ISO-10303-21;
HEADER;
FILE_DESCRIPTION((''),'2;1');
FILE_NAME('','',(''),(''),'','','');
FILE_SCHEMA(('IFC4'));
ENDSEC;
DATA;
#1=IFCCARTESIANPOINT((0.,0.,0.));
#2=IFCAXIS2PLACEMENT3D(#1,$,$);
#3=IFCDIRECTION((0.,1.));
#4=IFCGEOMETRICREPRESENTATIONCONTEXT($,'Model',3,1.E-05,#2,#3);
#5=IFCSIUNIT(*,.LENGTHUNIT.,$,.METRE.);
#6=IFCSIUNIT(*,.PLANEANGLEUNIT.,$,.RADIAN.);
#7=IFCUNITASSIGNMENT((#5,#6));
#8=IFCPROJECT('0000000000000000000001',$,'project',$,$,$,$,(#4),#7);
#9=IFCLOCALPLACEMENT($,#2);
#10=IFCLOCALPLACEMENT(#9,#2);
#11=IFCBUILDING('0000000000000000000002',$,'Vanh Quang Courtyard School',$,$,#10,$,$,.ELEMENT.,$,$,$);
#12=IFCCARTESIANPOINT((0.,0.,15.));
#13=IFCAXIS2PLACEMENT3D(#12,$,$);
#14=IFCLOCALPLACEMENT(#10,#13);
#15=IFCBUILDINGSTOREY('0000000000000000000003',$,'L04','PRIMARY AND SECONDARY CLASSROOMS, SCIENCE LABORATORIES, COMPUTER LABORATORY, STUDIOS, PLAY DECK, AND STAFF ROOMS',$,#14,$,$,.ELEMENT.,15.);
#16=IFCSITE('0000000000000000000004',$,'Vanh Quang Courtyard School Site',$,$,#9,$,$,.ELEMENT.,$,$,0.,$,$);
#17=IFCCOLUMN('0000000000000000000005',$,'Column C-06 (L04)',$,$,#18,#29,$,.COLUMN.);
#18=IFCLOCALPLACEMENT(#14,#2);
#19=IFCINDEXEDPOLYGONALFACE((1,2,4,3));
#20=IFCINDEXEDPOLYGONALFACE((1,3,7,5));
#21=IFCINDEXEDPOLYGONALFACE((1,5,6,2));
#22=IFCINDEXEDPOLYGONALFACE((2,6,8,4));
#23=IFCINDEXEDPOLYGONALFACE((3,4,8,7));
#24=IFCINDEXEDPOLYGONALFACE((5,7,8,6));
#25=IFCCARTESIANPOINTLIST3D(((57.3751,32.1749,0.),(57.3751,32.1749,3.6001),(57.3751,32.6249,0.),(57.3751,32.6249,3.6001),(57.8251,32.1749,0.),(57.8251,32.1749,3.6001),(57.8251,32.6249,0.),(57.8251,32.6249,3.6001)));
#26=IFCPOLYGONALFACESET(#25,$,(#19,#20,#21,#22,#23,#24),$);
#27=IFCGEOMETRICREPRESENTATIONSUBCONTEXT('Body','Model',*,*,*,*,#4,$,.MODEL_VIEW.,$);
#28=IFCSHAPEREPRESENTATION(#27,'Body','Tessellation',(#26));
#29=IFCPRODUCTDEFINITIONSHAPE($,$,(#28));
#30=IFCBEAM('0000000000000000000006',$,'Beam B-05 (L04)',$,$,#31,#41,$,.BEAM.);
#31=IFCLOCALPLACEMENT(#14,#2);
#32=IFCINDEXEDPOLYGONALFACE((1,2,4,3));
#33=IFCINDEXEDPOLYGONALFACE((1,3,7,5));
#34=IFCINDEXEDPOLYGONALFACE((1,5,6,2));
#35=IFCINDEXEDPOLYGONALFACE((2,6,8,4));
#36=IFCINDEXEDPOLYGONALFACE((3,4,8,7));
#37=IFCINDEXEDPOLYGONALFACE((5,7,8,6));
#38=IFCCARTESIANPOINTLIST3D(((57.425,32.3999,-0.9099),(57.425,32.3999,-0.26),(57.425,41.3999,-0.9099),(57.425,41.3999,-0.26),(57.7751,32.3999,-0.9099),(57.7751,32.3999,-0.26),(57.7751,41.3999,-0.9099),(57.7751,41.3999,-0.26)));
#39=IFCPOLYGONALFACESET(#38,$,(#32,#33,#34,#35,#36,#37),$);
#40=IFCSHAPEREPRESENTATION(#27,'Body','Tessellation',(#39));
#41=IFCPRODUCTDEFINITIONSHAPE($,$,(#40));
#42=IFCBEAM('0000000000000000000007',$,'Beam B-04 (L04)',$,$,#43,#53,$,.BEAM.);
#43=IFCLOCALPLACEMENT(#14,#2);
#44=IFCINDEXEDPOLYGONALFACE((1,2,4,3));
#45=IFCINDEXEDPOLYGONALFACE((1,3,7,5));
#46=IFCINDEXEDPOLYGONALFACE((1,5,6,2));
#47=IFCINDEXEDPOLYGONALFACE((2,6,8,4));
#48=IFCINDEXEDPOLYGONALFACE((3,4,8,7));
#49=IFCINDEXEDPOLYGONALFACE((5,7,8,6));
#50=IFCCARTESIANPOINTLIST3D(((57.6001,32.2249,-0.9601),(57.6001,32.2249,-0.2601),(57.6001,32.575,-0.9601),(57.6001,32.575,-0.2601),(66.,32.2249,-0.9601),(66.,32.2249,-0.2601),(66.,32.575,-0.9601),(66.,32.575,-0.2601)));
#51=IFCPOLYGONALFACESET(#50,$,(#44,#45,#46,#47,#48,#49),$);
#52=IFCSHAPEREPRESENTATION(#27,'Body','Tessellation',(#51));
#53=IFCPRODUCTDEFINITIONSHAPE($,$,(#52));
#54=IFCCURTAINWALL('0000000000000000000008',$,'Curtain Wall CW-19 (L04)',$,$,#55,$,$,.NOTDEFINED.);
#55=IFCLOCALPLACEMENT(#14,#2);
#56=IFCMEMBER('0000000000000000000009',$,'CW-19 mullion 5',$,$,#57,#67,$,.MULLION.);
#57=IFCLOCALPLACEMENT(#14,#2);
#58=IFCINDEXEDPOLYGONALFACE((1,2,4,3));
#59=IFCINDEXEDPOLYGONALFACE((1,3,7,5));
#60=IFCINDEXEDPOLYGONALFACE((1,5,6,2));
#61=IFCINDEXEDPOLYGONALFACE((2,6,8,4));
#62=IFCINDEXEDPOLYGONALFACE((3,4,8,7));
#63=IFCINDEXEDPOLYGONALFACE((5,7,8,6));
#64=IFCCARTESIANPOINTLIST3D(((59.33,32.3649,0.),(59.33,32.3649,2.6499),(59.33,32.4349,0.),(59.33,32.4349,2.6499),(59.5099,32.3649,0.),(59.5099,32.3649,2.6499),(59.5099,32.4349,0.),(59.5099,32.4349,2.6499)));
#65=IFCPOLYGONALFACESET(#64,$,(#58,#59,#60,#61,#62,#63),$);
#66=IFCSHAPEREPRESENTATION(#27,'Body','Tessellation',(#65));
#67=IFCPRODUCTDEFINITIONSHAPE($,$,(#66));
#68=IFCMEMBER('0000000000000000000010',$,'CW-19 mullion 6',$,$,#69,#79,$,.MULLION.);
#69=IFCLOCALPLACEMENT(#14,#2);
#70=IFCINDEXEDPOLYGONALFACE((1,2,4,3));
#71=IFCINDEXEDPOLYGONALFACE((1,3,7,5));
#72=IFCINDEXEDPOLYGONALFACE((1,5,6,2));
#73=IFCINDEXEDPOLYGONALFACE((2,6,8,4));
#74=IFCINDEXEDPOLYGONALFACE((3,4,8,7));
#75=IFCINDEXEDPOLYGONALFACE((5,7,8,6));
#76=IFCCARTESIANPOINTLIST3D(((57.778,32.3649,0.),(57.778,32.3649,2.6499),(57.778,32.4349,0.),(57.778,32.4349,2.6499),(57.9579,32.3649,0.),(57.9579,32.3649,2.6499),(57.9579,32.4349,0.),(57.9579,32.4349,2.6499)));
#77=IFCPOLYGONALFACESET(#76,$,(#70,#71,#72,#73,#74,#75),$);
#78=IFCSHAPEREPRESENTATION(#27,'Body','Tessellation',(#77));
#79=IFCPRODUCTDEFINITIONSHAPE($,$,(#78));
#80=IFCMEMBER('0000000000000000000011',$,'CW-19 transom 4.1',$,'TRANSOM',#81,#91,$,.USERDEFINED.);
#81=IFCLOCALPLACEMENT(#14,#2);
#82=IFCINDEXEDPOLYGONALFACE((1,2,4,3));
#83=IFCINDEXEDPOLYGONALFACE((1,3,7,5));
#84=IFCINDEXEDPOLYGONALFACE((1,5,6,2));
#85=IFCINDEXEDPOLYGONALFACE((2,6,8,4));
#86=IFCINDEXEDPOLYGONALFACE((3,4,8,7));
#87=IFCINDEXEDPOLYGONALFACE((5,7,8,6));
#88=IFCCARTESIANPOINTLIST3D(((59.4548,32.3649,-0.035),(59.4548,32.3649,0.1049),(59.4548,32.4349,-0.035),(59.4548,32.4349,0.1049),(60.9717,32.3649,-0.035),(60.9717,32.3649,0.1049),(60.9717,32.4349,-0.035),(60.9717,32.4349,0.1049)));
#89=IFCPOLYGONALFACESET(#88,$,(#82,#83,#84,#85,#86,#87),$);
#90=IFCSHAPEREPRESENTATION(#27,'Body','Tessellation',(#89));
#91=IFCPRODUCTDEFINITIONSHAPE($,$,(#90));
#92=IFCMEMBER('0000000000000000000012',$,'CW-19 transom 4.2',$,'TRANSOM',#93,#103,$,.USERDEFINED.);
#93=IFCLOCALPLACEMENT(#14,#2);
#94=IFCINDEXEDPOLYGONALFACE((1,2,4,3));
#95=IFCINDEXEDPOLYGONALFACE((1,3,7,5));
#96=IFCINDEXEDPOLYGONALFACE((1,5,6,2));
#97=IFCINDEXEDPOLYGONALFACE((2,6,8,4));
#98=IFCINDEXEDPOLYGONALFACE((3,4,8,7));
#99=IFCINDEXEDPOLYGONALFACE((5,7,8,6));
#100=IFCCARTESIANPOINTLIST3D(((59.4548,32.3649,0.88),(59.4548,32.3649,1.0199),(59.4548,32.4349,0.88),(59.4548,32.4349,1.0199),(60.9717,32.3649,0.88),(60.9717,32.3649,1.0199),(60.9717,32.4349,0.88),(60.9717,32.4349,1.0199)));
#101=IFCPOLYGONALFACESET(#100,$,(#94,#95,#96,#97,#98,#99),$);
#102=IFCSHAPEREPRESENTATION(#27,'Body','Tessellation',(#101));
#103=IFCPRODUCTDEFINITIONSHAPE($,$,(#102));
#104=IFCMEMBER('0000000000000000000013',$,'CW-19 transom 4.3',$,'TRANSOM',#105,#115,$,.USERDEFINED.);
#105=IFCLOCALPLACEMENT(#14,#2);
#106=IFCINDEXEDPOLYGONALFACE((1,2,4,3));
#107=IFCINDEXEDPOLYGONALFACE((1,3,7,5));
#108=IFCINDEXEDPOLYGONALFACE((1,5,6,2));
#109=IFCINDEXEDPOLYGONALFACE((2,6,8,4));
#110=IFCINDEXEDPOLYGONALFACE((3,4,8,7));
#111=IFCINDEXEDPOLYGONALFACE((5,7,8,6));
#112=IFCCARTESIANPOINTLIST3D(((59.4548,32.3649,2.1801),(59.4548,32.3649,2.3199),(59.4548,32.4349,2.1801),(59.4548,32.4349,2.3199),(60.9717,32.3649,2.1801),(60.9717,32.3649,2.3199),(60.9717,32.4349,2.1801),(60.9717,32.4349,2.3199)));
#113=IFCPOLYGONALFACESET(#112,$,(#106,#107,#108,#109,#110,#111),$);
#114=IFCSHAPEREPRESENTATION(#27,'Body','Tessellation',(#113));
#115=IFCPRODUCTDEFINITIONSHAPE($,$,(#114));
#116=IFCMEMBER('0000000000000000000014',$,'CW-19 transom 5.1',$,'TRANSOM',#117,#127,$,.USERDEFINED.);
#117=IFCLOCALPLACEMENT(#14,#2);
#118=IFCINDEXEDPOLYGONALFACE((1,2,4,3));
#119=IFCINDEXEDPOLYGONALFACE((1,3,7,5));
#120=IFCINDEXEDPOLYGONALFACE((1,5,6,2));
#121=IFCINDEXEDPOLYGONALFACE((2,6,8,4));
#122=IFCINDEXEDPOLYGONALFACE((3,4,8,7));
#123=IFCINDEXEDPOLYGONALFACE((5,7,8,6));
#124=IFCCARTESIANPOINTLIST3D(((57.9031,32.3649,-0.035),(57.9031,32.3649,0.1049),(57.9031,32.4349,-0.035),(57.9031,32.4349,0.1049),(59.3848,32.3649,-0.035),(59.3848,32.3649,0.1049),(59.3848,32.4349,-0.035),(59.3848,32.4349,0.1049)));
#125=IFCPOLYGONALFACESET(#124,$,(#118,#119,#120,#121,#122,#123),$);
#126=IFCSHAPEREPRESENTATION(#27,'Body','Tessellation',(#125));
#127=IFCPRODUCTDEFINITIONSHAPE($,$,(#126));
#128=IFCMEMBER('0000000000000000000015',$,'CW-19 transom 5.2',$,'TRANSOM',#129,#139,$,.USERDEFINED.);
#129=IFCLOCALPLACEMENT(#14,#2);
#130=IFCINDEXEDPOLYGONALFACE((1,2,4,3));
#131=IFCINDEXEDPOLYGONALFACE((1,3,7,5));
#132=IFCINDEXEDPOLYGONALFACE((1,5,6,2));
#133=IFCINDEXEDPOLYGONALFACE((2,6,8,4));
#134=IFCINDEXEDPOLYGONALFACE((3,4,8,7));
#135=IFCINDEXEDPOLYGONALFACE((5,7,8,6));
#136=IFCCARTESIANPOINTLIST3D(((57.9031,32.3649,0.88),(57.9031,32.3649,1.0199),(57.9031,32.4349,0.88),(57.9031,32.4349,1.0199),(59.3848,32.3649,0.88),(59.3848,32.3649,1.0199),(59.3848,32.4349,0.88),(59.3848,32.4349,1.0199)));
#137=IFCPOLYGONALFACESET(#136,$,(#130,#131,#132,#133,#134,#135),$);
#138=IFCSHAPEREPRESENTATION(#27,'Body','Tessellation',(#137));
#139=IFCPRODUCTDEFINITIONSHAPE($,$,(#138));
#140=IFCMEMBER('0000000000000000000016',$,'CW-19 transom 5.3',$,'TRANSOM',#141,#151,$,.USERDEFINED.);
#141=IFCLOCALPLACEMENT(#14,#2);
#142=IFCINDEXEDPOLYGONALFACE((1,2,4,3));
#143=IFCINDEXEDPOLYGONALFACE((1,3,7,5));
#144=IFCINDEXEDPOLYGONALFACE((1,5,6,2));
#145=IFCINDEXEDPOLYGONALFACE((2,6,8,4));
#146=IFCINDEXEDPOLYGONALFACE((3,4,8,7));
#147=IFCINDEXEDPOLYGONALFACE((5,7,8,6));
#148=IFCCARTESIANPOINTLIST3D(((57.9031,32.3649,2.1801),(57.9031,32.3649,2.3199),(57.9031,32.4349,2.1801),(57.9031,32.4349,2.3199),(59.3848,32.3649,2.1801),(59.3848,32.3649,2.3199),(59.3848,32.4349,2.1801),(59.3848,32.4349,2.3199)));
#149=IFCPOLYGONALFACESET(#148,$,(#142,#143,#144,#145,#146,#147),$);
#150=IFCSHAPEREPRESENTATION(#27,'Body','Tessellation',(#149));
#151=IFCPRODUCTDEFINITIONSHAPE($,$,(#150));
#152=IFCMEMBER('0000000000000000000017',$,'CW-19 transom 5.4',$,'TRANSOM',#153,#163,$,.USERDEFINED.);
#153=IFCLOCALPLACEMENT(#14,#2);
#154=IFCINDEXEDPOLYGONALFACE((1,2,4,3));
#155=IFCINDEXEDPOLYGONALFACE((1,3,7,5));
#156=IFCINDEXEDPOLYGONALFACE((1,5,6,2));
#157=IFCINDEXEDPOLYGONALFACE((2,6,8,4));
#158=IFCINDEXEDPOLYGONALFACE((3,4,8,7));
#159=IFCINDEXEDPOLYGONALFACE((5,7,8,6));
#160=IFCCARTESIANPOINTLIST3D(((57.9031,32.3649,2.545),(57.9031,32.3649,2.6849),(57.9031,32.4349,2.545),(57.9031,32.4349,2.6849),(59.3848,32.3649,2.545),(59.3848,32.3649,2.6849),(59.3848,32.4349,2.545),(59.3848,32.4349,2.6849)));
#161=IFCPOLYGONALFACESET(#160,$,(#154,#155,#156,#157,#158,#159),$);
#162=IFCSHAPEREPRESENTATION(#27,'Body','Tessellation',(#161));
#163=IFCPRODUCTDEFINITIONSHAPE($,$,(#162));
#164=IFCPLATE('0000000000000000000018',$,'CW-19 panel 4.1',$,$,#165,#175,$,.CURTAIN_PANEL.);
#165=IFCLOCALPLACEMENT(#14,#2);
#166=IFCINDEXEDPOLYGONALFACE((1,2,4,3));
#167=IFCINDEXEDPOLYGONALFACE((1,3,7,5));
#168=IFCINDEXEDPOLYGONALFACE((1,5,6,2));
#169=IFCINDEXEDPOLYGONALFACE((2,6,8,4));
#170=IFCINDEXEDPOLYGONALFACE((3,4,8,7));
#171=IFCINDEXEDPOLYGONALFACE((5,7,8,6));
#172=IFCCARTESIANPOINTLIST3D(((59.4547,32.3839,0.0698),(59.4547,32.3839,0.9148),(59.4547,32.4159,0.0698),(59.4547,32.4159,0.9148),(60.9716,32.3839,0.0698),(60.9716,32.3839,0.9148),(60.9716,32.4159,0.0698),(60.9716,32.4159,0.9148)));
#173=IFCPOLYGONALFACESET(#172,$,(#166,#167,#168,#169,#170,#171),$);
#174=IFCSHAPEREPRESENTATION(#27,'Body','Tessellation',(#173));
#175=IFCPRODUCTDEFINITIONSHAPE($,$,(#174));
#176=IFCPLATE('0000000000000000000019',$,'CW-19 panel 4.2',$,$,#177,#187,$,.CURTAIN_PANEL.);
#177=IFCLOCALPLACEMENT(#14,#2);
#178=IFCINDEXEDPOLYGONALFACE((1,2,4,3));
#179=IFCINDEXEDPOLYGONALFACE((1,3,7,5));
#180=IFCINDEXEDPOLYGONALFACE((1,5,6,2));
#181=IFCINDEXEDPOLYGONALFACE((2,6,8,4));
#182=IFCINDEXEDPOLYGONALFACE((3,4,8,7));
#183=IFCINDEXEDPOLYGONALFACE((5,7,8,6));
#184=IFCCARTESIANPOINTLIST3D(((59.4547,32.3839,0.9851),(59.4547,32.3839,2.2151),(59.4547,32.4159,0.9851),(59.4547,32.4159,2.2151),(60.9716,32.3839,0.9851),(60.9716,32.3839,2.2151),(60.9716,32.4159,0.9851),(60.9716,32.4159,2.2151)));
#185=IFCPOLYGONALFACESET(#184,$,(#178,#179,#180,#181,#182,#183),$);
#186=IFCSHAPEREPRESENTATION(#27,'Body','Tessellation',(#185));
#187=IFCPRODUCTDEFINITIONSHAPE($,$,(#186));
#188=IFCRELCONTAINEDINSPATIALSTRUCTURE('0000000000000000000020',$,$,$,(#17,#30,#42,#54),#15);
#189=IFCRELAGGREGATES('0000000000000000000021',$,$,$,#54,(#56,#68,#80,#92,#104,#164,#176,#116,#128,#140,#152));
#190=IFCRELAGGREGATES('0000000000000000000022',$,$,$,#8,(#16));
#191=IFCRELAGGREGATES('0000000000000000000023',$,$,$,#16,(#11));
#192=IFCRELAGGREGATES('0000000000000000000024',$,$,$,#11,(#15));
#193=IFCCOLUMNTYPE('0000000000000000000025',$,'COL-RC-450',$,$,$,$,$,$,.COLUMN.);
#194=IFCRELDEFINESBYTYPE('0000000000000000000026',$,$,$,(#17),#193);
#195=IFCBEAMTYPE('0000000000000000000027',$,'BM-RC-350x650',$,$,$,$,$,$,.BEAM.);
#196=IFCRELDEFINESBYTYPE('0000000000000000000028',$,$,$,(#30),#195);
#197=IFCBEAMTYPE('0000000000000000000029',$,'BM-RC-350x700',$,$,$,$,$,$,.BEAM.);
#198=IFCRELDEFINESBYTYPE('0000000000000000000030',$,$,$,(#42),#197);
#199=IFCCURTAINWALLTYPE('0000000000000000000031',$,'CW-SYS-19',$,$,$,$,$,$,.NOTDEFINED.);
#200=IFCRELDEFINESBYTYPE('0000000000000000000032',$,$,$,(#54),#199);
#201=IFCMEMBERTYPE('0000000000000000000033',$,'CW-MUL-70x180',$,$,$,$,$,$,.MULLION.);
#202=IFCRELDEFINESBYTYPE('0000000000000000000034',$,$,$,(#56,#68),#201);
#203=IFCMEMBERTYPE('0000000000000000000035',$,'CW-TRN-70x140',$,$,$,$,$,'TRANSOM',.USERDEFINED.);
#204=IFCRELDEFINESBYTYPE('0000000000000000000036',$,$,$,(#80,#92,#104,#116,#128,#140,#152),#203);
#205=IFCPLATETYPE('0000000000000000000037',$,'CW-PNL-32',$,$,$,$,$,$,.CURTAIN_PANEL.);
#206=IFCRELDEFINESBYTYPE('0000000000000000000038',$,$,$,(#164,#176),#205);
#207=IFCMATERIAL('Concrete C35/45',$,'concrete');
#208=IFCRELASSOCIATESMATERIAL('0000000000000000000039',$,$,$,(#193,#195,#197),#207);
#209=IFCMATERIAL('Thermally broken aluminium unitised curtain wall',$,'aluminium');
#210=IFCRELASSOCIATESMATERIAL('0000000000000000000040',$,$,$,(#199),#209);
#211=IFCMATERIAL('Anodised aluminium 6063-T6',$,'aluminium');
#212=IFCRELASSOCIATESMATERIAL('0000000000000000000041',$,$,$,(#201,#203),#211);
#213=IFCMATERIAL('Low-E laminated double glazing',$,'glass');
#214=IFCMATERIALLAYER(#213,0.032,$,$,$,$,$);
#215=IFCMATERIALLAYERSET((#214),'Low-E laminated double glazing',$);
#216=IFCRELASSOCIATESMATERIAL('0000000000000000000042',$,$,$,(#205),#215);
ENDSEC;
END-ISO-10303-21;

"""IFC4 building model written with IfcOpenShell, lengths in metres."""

from ifc_helpers import new_model, si_unit, direction, frame, origin, origin_2d, place, context, subcontext, project, spatial, rectangle, extrude, material, layer, layer_set, material_profile, profile_set, type_object, element, aggregate, save


model = new_model("IFC4")

# Units and contexts
model_context = context("Model", 3, precision=1e-05, world=origin(), true_north=direction((0.0, 1.0)))
body_context = subcontext(model_context, "Body", "Model", "MODEL_VIEW")
ifc_project = project(units=[si_unit("LENGTHUNIT", "METRE"), si_unit("PLANEANGLEUNIT", "RADIAN")], contexts=[model_context])

# Site, building, storey
site_placement = place(None, origin())
site = spatial("IfcSite", under=ifc_project, at=site_placement, Name="Vanh Quang Courtyard School Site", CompositionType="ELEMENT", RefElevation=0.0)
building_placement = place(site_placement, origin())
building = spatial("IfcBuilding", under=site, at=building_placement, Name="Vanh Quang Courtyard School", CompositionType="ELEMENT")
storey_placement = place(building_placement, frame((0.0, 0.0, 15.0)))
storey = spatial("IfcBuildingStorey", under=building, at=storey_placement, Name="L04", Description="PRIMARY AND SECONDARY CLASSROOMS, SCIENCE LABORATORIES, COMPUTER LABORATORY, STUDIOS, PLAY DECK, AND STAFF ROOMS", CompositionType="ELEMENT", Elevation=15.0)

# Column
ifc_material_1 = material(Name="Concrete C35/45", Category="concrete")
ifc_material_profile_1 = material_profile(ifc_material_1, rectangle(XDim=0.45, YDim=0.45, at=origin_2d()), Name="RC-COL 450x450")
ifc_profile_set_1 = profile_set([ifc_material_profile_1], Name="Concrete C35/45")
column_type = type_object("IfcColumnType", Name="COL-RC-450", PredefinedType="COLUMN", material=ifc_profile_set_1)
column_placement = place(storey_placement, frame((57.6001, 32.3999, 0.0), z_axis=(0.0, 0.0, 1.0), x_axis=(1.0, 0.0, 0.0)))
element("IfcColumn", 1, at=column_placement, inside=storey, type_object=column_type, Name="Column C-06 (L04)", PredefinedType="COLUMN", context=body_context, shape_type="SweptSolid", body=[
    extrude(rectangle(XDim=0.45, YDim=0.45, at=origin_2d()), origin(), (0.0, 0.0, 1.0), 3.6001),
])

# Beams
ifc_material_profile_2 = material_profile(ifc_material_1, rectangle(XDim=0.3501, YDim=0.6499, at=origin_2d()), Name="RC-BM 350x650")
ifc_profile_set_2 = profile_set([ifc_material_profile_2], Name="Concrete C35/45")
beam_type_1 = type_object("IfcBeamType", Name="BM-RC-350x650", PredefinedType="BEAM", material=ifc_profile_set_2)
beam_1_placement = place(storey_placement, frame((57.6001, 32.3999, -0.585), z_axis=(0.0, 1.0, 0.0), x_axis=(-1.0, 0.0, 0.0)))
element("IfcBeam", 2, at=beam_1_placement, inside=storey, type_object=beam_type_1, Name="Beam B-05 (L04)", PredefinedType="BEAM", context=body_context, shape_type="SweptSolid", body=[
    extrude(rectangle(XDim=0.3501, YDim=0.6499, at=origin_2d()), origin(), (0.0, 0.0, 1.0), 9.0),
])
ifc_material_profile_3 = material_profile(ifc_material_1, rectangle(XDim=0.3501, YDim=0.7, at=origin_2d()), Name="RC-BM 350x700")
ifc_profile_set_3 = profile_set([ifc_material_profile_3], Name="Concrete C35/45")
beam_type_2 = type_object("IfcBeamType", Name="BM-RC-350x700", PredefinedType="BEAM", material=ifc_profile_set_3)
beam_2_placement = place(storey_placement, frame((57.6001, 32.3999, -0.6101), z_axis=(1.0, 0.0, 0.0), x_axis=(0.0, 1.0, 0.0)))
element("IfcBeam", 3, at=beam_2_placement, inside=storey, type_object=beam_type_2, Name="Beam B-04 (L04)", PredefinedType="BEAM", context=body_context, shape_type="SweptSolid", body=[
    extrude(rectangle(XDim=0.3501, YDim=0.7, at=origin_2d()), origin(), (0.0, 0.0, 1.0), 8.3999),
])

# Curtain wall, members, plates
ifc_material_2 = material(Name="Thermally broken aluminium unitised curtain wall", Category="aluminium")
curtain_wall_type = type_object("IfcCurtainWallType", Name="CW-SYS-19", PredefinedType="NOTDEFINED", material=ifc_material_2)
curtain_wall_placement = place(storey_placement, origin())
curtain_wall = element("IfcCurtainWall", 4, at=curtain_wall_placement, inside=storey, type_object=curtain_wall_type, Name="Curtain Wall CW-19 (L04)", PredefinedType="NOTDEFINED")
ifc_material_3 = material(Name="Anodised aluminium 6063-T6", Category="aluminium")
ifc_material_profile_4 = material_profile(ifc_material_3, rectangle(XDim=0.0701, YDim=0.1799, at=origin_2d()), Name="ALU-MUL 70x180")
ifc_profile_set_4 = profile_set([ifc_material_profile_4], Name="Anodised aluminium 6063-T6")
member_type_1 = type_object("IfcMemberType", Name="CW-MUL-70x180", PredefinedType="MULLION", material=ifc_profile_set_4)
member_1_placement = place(storey_placement, frame((59.4199, 32.3999, 0.0), z_axis=(0.0, 0.0, 1.0), x_axis=(0.0, -1.0, 0.0)))
member_1 = element("IfcMember", 5, at=member_1_placement, type_object=member_type_1, Name="CW-19 mullion 5", PredefinedType="MULLION", context=body_context, shape_type="SweptSolid", body=[
    extrude(rectangle(XDim=0.0701, YDim=0.1799, at=origin_2d()), origin(), (0.0, 0.0, 1.0), 2.6499),
])
member_2_placement = place(storey_placement, frame((57.8679, 32.3999, 0.0), z_axis=(0.0, 0.0, 1.0), x_axis=(0.0, -1.0, 0.0)))
member_2 = element("IfcMember", 6, at=member_2_placement, type_object=member_type_1, Name="CW-19 mullion 6", PredefinedType="MULLION", context=body_context, shape_type="SweptSolid", body=[
    extrude(rectangle(XDim=0.0701, YDim=0.1799, at=origin_2d()), origin(), (0.0, 0.0, 1.0), 2.6499),
])
ifc_material_profile_5 = material_profile(ifc_material_3, rectangle(XDim=0.0701, YDim=0.1399, at=origin_2d()), Name="ALU-TRN 70x140")
ifc_profile_set_5 = profile_set([ifc_material_profile_5], Name="Anodised aluminium 6063-T6")
member_type_2 = type_object("IfcMemberType", Name="CW-TRN-70x140", ElementType="TRANSOM", PredefinedType="USERDEFINED", material=ifc_profile_set_5)
member_3_placement = place(storey_placement, frame((60.9717, 32.3999, 0.0349), z_axis=(-1.0, 0.0, 0.0), x_axis=(0.0, -1.0, 0.0)))
member_3 = element("IfcMember", 7, at=member_3_placement, type_object=member_type_2, Name="CW-19 transom 4.1", ObjectType="TRANSOM", PredefinedType="USERDEFINED", context=body_context, shape_type="SweptSolid", body=[
    extrude(rectangle(XDim=0.0701, YDim=0.1399, at=origin_2d()), origin(), (0.0, 0.0, 1.0), 1.5168),
])
member_4_placement = place(storey_placement, frame((60.9717, 32.3999, 0.95), z_axis=(-1.0, 0.0, 0.0), x_axis=(0.0, -1.0, 0.0)))
member_4 = element("IfcMember", 8, at=member_4_placement, type_object=member_type_2, Name="CW-19 transom 4.2", ObjectType="TRANSOM", PredefinedType="USERDEFINED", context=body_context, shape_type="SweptSolid", body=[
    extrude(rectangle(XDim=0.0701, YDim=0.1399, at=origin_2d()), origin(), (0.0, 0.0, 1.0), 1.5168),
])
member_5_placement = place(storey_placement, frame((60.9717, 32.3999, 2.25), z_axis=(-1.0, 0.0, 0.0), x_axis=(0.0, -1.0, 0.0)))
member_5 = element("IfcMember", 9, at=member_5_placement, type_object=member_type_2, Name="CW-19 transom 4.3", ObjectType="TRANSOM", PredefinedType="USERDEFINED", context=body_context, shape_type="SweptSolid", body=[
    extrude(rectangle(XDim=0.0701, YDim=0.1399, at=origin_2d()), origin(), (0.0, 0.0, 1.0), 1.5168),
])
member_6_placement = place(storey_placement, frame((59.3848, 32.3999, 0.0349), z_axis=(-1.0, 0.0, 0.0), x_axis=(0.0, -1.0, 0.0)))
member_6 = element("IfcMember", 10, at=member_6_placement, type_object=member_type_2, Name="CW-19 transom 5.1", ObjectType="TRANSOM", PredefinedType="USERDEFINED", context=body_context, shape_type="SweptSolid", body=[
    extrude(rectangle(XDim=0.0701, YDim=0.1399, at=origin_2d()), origin(), (0.0, 0.0, 1.0), 1.4817),
])
member_7_placement = place(storey_placement, frame((59.3848, 32.3999, 0.95), z_axis=(-1.0, 0.0, 0.0), x_axis=(0.0, -1.0, 0.0)))
member_7 = element("IfcMember", 11, at=member_7_placement, type_object=member_type_2, Name="CW-19 transom 5.2", ObjectType="TRANSOM", PredefinedType="USERDEFINED", context=body_context, shape_type="SweptSolid", body=[
    extrude(rectangle(XDim=0.0701, YDim=0.1399, at=origin_2d()), origin(), (0.0, 0.0, 1.0), 1.4817),
])
member_8_placement = place(storey_placement, frame((59.3848, 32.3999, 2.25), z_axis=(-1.0, 0.0, 0.0), x_axis=(0.0, -1.0, 0.0)))
member_8 = element("IfcMember", 12, at=member_8_placement, type_object=member_type_2, Name="CW-19 transom 5.3", ObjectType="TRANSOM", PredefinedType="USERDEFINED", context=body_context, shape_type="SweptSolid", body=[
    extrude(rectangle(XDim=0.0701, YDim=0.1399, at=origin_2d()), origin(), (0.0, 0.0, 1.0), 1.4817),
])
member_9_placement = place(storey_placement, frame((59.3848, 32.3999, 2.615), z_axis=(-1.0, 0.0, 0.0), x_axis=(0.0, -1.0, 0.0)))
member_9 = element("IfcMember", 13, at=member_9_placement, type_object=member_type_2, Name="CW-19 transom 5.4", ObjectType="TRANSOM", PredefinedType="USERDEFINED", context=body_context, shape_type="SweptSolid", body=[
    extrude(rectangle(XDim=0.0701, YDim=0.1399, at=origin_2d()), origin(), (0.0, 0.0, 1.0), 1.4817),
])
ifc_material_4 = material(Name="Low-E laminated double glazing", Category="glass")
ifc_layer_1 = layer(ifc_material_4, 0.032)
ifc_layer_set_1 = layer_set([ifc_layer_1], Name="Low-E laminated double glazing")
plate_type = type_object("IfcPlateType", Name="CW-PNL-32", PredefinedType="CURTAIN_PANEL", material=ifc_layer_set_1)
plate_1_placement = place(storey_placement, frame((60.2131, 32.3999, 0.0698), z_axis=(0.0, 0.0, 1.0), x_axis=(-1.0, 0.0, 0.0)))
plate_1 = element("IfcPlate", 14, at=plate_1_placement, type_object=plate_type, Name="CW-19 panel 4.1", PredefinedType="CURTAIN_PANEL", context=body_context, shape_type="SweptSolid", body=[
    extrude(rectangle(XDim=1.5168, YDim=0.032, at=origin_2d()), origin(), (0.0, 0.0, 1.0), 0.845),
])
plate_2_placement = place(storey_placement, frame((60.2131, 32.3999, 0.9851), z_axis=(0.0, 0.0, 1.0), x_axis=(-1.0, 0.0, 0.0)))
plate_2 = element("IfcPlate", 15, at=plate_2_placement, type_object=plate_type, Name="CW-19 panel 4.2", PredefinedType="CURTAIN_PANEL", context=body_context, shape_type="SweptSolid", body=[
    extrude(rectangle(XDim=1.5168, YDim=0.032, at=origin_2d()), origin(), (0.0, 0.0, 1.0), 1.23),
])
aggregate(curtain_wall, [member_1, member_2, member_3, member_4, member_5, plate_1, plate_2, member_6, member_7, member_8, member_9])

save(model, "model.ifc")
